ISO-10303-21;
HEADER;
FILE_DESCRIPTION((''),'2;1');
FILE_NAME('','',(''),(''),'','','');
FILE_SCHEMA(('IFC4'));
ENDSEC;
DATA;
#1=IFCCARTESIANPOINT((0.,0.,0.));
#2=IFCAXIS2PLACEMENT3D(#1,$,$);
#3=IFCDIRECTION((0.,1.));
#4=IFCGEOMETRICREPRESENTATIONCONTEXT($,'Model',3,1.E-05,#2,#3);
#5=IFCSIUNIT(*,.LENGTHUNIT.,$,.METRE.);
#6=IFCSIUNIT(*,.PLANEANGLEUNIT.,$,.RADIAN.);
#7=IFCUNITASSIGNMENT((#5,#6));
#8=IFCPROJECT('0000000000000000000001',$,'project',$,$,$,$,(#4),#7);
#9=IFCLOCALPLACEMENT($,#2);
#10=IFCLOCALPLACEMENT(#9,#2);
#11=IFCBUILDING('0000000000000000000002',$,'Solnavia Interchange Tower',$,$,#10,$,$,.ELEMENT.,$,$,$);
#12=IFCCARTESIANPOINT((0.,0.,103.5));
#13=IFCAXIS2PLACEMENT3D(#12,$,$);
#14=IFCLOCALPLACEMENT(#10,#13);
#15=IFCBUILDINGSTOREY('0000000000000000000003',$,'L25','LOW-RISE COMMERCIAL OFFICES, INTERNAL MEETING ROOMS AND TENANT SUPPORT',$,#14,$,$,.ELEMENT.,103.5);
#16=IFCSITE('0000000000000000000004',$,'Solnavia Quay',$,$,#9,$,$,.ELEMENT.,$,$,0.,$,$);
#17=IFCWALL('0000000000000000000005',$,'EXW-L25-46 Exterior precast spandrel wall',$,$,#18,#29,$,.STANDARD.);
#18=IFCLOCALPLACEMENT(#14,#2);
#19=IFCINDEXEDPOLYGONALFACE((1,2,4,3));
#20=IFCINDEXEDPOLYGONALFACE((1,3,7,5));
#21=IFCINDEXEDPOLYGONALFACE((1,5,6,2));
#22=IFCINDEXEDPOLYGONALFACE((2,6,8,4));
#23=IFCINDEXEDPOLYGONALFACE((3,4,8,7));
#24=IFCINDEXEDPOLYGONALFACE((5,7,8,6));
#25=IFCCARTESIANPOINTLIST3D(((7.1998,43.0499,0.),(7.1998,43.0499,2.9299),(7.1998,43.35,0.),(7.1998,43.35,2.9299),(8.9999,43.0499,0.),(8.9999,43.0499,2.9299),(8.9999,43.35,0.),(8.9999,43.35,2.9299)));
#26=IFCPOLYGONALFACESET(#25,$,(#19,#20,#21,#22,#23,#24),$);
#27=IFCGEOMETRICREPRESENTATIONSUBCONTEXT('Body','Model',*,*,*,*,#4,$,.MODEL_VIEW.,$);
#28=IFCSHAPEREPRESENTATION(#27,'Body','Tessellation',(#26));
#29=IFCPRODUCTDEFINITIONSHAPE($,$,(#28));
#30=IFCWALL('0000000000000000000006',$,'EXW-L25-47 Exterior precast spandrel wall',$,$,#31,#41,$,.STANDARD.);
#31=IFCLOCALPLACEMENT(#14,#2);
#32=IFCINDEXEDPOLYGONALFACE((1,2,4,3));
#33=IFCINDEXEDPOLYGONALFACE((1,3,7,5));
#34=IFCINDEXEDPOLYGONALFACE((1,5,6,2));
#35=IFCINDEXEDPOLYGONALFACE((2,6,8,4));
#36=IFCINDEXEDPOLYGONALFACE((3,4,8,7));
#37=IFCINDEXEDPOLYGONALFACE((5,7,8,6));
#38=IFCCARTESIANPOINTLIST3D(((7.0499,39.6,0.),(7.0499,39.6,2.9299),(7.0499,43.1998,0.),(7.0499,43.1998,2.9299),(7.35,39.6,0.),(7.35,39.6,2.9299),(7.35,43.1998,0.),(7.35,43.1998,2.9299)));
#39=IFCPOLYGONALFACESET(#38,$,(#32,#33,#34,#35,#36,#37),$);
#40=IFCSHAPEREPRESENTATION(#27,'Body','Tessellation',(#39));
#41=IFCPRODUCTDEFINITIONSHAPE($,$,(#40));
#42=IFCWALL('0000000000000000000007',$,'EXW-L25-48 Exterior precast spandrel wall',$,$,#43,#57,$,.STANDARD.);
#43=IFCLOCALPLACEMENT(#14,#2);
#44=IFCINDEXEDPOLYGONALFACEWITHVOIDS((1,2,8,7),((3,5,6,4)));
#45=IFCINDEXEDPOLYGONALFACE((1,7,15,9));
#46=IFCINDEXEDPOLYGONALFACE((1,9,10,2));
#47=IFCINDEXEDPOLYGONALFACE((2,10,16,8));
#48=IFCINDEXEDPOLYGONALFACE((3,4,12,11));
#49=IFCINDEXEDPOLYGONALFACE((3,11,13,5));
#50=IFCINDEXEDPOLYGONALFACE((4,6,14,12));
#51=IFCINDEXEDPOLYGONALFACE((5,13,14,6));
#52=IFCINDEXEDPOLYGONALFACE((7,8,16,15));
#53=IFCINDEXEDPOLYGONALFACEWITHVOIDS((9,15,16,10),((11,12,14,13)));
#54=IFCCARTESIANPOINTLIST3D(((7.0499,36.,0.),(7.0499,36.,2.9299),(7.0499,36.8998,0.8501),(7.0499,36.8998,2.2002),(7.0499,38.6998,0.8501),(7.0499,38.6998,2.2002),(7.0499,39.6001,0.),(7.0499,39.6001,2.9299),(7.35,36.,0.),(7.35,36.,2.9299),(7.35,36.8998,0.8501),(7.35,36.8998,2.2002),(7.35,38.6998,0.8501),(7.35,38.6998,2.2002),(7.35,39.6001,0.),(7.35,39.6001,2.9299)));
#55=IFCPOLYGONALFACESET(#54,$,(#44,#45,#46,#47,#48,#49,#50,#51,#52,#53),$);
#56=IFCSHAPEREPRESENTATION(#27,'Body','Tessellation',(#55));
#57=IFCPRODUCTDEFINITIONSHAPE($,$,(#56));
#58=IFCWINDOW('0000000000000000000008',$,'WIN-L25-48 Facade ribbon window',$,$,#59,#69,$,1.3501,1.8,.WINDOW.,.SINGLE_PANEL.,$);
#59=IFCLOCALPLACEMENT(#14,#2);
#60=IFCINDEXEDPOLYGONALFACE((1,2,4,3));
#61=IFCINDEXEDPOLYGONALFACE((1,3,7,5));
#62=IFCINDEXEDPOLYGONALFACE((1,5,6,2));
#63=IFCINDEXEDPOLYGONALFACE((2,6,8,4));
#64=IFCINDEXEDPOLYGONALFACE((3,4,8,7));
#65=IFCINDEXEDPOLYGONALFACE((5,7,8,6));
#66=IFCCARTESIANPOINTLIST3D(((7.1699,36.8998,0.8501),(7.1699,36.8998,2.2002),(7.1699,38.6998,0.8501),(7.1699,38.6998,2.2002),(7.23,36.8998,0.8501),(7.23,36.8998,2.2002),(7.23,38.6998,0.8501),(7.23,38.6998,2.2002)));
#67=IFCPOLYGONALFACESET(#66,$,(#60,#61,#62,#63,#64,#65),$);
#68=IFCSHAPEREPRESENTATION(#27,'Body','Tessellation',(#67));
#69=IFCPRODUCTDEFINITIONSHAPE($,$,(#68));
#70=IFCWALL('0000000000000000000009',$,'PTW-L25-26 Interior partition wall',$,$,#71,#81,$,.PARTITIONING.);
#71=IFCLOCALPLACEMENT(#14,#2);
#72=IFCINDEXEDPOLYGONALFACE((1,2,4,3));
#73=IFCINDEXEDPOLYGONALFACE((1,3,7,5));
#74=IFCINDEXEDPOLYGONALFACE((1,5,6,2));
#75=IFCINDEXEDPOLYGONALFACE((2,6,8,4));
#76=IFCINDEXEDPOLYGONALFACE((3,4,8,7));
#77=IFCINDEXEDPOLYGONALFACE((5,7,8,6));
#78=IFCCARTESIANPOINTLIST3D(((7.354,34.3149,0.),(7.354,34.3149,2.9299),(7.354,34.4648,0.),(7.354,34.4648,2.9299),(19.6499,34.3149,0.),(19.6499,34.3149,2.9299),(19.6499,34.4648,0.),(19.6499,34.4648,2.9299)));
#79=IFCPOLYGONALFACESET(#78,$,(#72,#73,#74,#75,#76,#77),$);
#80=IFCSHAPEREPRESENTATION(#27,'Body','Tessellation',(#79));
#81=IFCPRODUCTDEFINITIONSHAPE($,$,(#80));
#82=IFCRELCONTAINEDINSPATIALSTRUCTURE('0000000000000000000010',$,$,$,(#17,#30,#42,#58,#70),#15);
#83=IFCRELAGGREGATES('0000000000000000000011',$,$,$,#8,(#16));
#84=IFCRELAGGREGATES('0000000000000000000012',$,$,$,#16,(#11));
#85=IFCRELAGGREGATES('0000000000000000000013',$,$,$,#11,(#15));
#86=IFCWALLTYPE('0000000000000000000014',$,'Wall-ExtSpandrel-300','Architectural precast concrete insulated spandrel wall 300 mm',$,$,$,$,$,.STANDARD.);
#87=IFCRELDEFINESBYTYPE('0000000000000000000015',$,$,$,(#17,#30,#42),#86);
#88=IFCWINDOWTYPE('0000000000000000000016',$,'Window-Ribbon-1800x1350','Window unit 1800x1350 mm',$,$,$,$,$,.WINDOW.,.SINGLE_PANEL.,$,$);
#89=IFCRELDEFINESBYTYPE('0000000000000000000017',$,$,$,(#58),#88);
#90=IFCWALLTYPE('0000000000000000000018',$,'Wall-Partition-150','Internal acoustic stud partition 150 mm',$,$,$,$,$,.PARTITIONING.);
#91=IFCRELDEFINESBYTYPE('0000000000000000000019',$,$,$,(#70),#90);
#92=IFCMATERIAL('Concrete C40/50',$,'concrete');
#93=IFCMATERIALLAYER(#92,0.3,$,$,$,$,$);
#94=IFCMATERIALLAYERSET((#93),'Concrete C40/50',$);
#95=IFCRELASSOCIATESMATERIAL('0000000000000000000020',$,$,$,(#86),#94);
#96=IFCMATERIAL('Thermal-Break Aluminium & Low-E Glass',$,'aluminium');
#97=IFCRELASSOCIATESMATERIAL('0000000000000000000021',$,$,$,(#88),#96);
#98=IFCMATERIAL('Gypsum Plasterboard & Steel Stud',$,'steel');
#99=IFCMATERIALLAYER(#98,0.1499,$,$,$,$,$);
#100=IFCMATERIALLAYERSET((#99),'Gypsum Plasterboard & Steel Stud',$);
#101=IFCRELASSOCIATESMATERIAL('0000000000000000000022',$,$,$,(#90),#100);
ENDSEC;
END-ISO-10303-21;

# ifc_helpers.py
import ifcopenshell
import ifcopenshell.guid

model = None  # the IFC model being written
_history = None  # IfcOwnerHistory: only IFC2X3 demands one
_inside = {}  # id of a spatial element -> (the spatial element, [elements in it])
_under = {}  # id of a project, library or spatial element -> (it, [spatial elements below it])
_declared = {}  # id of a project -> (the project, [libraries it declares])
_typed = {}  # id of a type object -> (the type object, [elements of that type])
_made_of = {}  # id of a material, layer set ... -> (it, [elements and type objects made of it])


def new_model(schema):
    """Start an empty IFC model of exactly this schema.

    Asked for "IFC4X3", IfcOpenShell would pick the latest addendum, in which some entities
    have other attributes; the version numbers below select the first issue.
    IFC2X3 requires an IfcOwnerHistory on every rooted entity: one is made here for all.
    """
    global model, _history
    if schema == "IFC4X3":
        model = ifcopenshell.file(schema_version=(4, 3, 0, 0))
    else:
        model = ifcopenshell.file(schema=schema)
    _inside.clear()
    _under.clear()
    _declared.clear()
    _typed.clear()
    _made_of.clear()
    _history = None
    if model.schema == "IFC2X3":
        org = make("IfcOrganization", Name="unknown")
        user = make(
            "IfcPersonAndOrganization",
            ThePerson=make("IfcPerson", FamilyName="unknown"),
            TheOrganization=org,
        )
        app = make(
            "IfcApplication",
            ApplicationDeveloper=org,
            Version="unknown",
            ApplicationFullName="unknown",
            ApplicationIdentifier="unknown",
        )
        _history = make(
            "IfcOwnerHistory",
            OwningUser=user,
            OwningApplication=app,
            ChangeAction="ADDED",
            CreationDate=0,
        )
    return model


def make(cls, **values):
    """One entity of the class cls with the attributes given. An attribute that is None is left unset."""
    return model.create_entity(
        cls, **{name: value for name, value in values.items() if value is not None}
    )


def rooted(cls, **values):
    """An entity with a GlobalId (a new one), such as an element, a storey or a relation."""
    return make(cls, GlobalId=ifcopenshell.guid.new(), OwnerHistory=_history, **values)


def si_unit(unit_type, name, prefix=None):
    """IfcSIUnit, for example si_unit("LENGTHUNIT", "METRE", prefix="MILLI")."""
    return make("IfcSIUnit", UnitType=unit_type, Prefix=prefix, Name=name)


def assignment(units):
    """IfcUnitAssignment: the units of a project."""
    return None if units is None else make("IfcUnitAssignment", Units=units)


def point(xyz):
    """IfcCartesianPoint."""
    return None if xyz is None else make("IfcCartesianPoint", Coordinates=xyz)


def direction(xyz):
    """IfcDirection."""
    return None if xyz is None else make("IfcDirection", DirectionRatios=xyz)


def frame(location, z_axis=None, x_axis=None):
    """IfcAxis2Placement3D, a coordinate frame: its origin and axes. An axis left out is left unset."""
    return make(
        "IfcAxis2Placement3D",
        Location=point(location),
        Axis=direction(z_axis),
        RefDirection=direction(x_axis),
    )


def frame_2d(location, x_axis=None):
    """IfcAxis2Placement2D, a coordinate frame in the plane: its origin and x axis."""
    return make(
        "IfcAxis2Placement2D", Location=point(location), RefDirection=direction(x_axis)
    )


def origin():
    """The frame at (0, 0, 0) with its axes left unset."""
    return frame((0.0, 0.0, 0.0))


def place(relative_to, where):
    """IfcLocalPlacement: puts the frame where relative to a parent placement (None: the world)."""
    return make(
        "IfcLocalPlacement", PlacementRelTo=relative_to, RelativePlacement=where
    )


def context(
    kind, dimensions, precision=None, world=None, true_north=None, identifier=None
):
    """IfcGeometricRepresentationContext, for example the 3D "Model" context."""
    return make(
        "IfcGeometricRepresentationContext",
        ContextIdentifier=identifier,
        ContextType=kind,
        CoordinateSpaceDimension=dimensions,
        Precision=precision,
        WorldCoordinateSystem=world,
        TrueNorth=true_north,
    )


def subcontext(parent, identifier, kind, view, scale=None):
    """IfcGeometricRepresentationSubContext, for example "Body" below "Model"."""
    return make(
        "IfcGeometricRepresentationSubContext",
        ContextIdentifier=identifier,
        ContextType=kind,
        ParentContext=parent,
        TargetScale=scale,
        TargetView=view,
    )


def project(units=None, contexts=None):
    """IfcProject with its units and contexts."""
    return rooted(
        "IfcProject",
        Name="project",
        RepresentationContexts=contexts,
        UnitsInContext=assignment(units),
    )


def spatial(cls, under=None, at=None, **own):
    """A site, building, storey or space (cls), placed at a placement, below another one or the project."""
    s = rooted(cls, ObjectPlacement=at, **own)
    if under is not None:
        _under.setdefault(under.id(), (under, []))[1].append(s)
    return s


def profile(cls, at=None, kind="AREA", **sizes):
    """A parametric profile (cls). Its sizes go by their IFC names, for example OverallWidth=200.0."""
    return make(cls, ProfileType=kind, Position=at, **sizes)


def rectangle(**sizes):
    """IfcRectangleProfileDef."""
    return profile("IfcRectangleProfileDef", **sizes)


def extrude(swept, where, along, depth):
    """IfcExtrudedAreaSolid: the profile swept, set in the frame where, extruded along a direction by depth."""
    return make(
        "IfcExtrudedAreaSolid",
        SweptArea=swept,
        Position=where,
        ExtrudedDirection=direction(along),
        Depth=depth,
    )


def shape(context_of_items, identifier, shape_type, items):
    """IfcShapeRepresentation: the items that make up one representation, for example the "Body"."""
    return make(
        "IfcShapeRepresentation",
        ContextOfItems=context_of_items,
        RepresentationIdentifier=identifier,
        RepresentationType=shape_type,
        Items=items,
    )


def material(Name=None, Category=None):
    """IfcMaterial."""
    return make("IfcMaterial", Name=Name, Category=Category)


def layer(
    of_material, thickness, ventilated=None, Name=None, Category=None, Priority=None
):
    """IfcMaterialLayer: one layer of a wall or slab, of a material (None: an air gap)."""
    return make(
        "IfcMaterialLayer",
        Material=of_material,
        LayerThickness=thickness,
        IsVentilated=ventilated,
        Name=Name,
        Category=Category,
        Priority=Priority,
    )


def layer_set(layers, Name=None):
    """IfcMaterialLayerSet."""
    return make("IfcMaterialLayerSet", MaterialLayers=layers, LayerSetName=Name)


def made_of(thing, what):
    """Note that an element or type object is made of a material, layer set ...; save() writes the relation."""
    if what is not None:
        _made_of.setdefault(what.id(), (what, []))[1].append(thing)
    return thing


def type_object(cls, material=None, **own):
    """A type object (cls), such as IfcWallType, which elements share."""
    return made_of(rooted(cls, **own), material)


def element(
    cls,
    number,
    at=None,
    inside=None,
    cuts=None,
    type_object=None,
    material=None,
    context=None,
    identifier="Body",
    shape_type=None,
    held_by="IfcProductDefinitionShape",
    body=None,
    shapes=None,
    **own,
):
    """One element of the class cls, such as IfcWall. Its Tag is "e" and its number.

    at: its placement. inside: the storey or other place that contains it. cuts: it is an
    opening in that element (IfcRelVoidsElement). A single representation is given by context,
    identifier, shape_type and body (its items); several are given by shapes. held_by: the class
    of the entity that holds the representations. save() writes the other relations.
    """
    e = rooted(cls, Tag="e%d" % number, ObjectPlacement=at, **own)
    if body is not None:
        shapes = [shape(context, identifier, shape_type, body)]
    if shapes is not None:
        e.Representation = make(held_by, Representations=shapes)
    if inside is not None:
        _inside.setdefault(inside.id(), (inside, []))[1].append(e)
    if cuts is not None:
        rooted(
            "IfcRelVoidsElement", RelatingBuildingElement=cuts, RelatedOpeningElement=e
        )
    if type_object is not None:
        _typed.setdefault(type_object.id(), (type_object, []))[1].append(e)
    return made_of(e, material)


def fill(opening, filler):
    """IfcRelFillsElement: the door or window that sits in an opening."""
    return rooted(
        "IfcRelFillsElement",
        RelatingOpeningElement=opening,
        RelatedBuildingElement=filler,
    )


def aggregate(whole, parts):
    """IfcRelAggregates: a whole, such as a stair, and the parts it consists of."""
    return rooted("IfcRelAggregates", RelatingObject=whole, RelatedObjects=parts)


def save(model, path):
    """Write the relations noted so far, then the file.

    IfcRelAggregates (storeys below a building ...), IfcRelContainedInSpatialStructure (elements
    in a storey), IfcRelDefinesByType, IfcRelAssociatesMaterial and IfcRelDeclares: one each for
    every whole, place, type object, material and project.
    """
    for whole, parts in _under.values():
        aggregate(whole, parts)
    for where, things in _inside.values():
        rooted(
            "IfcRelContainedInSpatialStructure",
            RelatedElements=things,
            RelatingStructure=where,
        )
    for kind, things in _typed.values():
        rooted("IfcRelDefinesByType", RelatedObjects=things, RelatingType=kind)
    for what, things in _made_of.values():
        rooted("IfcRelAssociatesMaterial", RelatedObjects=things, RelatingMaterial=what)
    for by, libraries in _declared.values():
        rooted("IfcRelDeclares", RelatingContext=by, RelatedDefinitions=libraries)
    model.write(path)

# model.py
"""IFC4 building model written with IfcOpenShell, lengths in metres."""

from ifc_helpers import new_model, si_unit, direction, frame, frame_2d, origin, place, context, subcontext, project, spatial, rectangle, extrude, material, layer, layer_set, type_object, element, fill, save


model = new_model("IFC4")

# Units and contexts
model_context = context("Model", 3, precision=1e-05, world=origin(), true_north=direction((0.0, 1.0)))
body_context = subcontext(model_context, "Body", "Model", "MODEL_VIEW")
ifc_project = project(units=[si_unit("LENGTHUNIT", "METRE"), si_unit("PLANEANGLEUNIT", "RADIAN")], contexts=[model_context])

# Site, building, storey
site_placement = place(None, origin())
site = spatial("IfcSite", under=ifc_project, at=site_placement, Name="Solnavia Quay", CompositionType="ELEMENT", RefElevation=0.0)
building_placement = place(site_placement, origin())
building = spatial("IfcBuilding", under=site, at=building_placement, Name="Solnavia Interchange Tower", CompositionType="ELEMENT")
storey_placement = place(building_placement, frame((0.0, 0.0, 103.5)))
storey = spatial("IfcBuildingStorey", under=building, at=storey_placement, Name="L25", Description="LOW-RISE COMMERCIAL OFFICES, INTERNAL MEETING ROOMS AND TENANT SUPPORT", CompositionType="ELEMENT", Elevation=103.5)

# Shared definitions
ifc_material_1 = material(Name="Concrete C40/50", Category="concrete")
ifc_layer_1 = layer(ifc_material_1, 0.3)
ifc_layer_set_1 = layer_set([ifc_layer_1], Name="Concrete C40/50")
wall_type_1 = type_object("IfcWallType", Name="Wall-ExtSpandrel-300", Description="Architectural precast concrete insulated spandrel wall 300 mm", PredefinedType="STANDARD", material=ifc_layer_set_1)
ifc_material_2 = material(Name="Thermal-Break Aluminium & Low-E Glass", Category="aluminium")
window_type = type_object("IfcWindowType", Name="Window-Ribbon-1800x1350", Description="Window unit 1800x1350 mm", PartitioningType="SINGLE_PANEL", PredefinedType="WINDOW", material=ifc_material_2)

# Walls
wall_1_placement = place(storey_placement, frame((7.2, 43.2, 0.0), z_axis=(0.0, 0.0, 1.0), x_axis=(1.0, 0.0, 0.0)))
element("IfcWall", 1, at=wall_1_placement, inside=storey, type_object=wall_type_1, Name="EXW-L25-46 Exterior precast spandrel wall", PredefinedType="STANDARD", context=body_context, shape_type="SweptSolid", body=[
    extrude(rectangle(XDim=1.8, YDim=0.3, at=frame_2d((0.8999, 0.0))), origin(), (0.0, 0.0, 1.0), 2.9299),
])
wall_2_placement = place(storey_placement, frame((7.2, 39.6001, 0.0), z_axis=(0.0, 0.0, 1.0), x_axis=(0.0, 1.0, 0.0)))
element("IfcWall", 2, at=wall_2_placement, inside=storey, type_object=wall_type_1, Name="EXW-L25-47 Exterior precast spandrel wall", PredefinedType="STANDARD", context=body_context, shape_type="SweptSolid", body=[
    extrude(rectangle(XDim=3.5999, YDim=0.3, at=frame_2d((1.7998, 0.0))), origin(), (0.0, 0.0, 1.0), 2.9299),
])

# Wall, opening, window
wall_3_placement = place(storey_placement, frame((7.2, 36.0, 0.0), z_axis=(0.0, 0.0, 1.0), x_axis=(0.0, 1.0, 0.0)))
wall_3 = element("IfcWall", 3, at=wall_3_placement, inside=storey, type_object=wall_type_1, Name="EXW-L25-48 Exterior precast spandrel wall", PredefinedType="STANDARD", context=body_context, shape_type="SweptSolid", body=[
    extrude(rectangle(XDim=3.6001, YDim=0.3, at=frame_2d((1.8, 0.0))), origin(), (0.0, 0.0, 1.0), 2.9299),
])
opening_1_placement = place(wall_3_placement, frame((0.8999, 0.0, 0.8501)))
opening_1 = element("IfcOpeningElement", 4, at=opening_1_placement, cuts=wall_3, PredefinedType="OPENING", context=body_context, shape_type="SweptSolid", body=[
    extrude(rectangle(XDim=1.8, YDim=1.3501, at=frame_2d((0.8999, 0.675))), frame((0.0, 0.1602, 0.0), z_axis=(0.0, -1.0, 0.0), x_axis=(1.0, 0.0, 0.0)), (0.0, 0.0, 1.0), 0.3201),
])
window_1_placement = place(opening_1_placement, origin())
window_1 = element("IfcWindow", 5, at=window_1_placement, inside=storey, type_object=window_type, Name="WIN-L25-48 Facade ribbon window", OverallHeight=1.3501, OverallWidth=1.8, PartitioningType="SINGLE_PANEL", PredefinedType="WINDOW", context=body_context, shape_type="SweptSolid", body=[
    extrude(rectangle(XDim=1.8, YDim=1.3501, at=frame_2d((0.8999, 0.675))), frame((0.0, 0.03, 0.0), z_axis=(0.0, -1.0, 0.0), x_axis=(1.0, 0.0, 0.0)), (0.0, 0.0, 1.0), 0.0601),
])
fill(opening_1, window_1)

# Wall
ifc_material_3 = material(Name="Gypsum Plasterboard & Steel Stud", Category="steel")
ifc_layer_2 = layer(ifc_material_3, 0.1499)
ifc_layer_set_2 = layer_set([ifc_layer_2], Name="Gypsum Plasterboard & Steel Stud")
wall_type_2 = type_object("IfcWallType", Name="Wall-Partition-150", Description="Internal acoustic stud partition 150 mm", PredefinedType="PARTITIONING", material=ifc_layer_set_2)
wall_4_placement = place(storey_placement, frame((7.354, 34.3899, 0.0), z_axis=(0.0, 0.0, 1.0), x_axis=(1.0, 0.0, 0.0)))
element("IfcWall", 6, at=wall_4_placement, inside=storey, type_object=wall_type_2, Name="PTW-L25-26 Interior partition wall", PredefinedType="PARTITIONING", context=body_context, shape_type="SweptSolid", body=[
    extrude(rectangle(XDim=12.2959, YDim=0.1499, at=frame_2d((6.1479, 0.0))), origin(), (0.0, 0.0, 1.0), 2.9299),
])

save(model, "model.ifc")
